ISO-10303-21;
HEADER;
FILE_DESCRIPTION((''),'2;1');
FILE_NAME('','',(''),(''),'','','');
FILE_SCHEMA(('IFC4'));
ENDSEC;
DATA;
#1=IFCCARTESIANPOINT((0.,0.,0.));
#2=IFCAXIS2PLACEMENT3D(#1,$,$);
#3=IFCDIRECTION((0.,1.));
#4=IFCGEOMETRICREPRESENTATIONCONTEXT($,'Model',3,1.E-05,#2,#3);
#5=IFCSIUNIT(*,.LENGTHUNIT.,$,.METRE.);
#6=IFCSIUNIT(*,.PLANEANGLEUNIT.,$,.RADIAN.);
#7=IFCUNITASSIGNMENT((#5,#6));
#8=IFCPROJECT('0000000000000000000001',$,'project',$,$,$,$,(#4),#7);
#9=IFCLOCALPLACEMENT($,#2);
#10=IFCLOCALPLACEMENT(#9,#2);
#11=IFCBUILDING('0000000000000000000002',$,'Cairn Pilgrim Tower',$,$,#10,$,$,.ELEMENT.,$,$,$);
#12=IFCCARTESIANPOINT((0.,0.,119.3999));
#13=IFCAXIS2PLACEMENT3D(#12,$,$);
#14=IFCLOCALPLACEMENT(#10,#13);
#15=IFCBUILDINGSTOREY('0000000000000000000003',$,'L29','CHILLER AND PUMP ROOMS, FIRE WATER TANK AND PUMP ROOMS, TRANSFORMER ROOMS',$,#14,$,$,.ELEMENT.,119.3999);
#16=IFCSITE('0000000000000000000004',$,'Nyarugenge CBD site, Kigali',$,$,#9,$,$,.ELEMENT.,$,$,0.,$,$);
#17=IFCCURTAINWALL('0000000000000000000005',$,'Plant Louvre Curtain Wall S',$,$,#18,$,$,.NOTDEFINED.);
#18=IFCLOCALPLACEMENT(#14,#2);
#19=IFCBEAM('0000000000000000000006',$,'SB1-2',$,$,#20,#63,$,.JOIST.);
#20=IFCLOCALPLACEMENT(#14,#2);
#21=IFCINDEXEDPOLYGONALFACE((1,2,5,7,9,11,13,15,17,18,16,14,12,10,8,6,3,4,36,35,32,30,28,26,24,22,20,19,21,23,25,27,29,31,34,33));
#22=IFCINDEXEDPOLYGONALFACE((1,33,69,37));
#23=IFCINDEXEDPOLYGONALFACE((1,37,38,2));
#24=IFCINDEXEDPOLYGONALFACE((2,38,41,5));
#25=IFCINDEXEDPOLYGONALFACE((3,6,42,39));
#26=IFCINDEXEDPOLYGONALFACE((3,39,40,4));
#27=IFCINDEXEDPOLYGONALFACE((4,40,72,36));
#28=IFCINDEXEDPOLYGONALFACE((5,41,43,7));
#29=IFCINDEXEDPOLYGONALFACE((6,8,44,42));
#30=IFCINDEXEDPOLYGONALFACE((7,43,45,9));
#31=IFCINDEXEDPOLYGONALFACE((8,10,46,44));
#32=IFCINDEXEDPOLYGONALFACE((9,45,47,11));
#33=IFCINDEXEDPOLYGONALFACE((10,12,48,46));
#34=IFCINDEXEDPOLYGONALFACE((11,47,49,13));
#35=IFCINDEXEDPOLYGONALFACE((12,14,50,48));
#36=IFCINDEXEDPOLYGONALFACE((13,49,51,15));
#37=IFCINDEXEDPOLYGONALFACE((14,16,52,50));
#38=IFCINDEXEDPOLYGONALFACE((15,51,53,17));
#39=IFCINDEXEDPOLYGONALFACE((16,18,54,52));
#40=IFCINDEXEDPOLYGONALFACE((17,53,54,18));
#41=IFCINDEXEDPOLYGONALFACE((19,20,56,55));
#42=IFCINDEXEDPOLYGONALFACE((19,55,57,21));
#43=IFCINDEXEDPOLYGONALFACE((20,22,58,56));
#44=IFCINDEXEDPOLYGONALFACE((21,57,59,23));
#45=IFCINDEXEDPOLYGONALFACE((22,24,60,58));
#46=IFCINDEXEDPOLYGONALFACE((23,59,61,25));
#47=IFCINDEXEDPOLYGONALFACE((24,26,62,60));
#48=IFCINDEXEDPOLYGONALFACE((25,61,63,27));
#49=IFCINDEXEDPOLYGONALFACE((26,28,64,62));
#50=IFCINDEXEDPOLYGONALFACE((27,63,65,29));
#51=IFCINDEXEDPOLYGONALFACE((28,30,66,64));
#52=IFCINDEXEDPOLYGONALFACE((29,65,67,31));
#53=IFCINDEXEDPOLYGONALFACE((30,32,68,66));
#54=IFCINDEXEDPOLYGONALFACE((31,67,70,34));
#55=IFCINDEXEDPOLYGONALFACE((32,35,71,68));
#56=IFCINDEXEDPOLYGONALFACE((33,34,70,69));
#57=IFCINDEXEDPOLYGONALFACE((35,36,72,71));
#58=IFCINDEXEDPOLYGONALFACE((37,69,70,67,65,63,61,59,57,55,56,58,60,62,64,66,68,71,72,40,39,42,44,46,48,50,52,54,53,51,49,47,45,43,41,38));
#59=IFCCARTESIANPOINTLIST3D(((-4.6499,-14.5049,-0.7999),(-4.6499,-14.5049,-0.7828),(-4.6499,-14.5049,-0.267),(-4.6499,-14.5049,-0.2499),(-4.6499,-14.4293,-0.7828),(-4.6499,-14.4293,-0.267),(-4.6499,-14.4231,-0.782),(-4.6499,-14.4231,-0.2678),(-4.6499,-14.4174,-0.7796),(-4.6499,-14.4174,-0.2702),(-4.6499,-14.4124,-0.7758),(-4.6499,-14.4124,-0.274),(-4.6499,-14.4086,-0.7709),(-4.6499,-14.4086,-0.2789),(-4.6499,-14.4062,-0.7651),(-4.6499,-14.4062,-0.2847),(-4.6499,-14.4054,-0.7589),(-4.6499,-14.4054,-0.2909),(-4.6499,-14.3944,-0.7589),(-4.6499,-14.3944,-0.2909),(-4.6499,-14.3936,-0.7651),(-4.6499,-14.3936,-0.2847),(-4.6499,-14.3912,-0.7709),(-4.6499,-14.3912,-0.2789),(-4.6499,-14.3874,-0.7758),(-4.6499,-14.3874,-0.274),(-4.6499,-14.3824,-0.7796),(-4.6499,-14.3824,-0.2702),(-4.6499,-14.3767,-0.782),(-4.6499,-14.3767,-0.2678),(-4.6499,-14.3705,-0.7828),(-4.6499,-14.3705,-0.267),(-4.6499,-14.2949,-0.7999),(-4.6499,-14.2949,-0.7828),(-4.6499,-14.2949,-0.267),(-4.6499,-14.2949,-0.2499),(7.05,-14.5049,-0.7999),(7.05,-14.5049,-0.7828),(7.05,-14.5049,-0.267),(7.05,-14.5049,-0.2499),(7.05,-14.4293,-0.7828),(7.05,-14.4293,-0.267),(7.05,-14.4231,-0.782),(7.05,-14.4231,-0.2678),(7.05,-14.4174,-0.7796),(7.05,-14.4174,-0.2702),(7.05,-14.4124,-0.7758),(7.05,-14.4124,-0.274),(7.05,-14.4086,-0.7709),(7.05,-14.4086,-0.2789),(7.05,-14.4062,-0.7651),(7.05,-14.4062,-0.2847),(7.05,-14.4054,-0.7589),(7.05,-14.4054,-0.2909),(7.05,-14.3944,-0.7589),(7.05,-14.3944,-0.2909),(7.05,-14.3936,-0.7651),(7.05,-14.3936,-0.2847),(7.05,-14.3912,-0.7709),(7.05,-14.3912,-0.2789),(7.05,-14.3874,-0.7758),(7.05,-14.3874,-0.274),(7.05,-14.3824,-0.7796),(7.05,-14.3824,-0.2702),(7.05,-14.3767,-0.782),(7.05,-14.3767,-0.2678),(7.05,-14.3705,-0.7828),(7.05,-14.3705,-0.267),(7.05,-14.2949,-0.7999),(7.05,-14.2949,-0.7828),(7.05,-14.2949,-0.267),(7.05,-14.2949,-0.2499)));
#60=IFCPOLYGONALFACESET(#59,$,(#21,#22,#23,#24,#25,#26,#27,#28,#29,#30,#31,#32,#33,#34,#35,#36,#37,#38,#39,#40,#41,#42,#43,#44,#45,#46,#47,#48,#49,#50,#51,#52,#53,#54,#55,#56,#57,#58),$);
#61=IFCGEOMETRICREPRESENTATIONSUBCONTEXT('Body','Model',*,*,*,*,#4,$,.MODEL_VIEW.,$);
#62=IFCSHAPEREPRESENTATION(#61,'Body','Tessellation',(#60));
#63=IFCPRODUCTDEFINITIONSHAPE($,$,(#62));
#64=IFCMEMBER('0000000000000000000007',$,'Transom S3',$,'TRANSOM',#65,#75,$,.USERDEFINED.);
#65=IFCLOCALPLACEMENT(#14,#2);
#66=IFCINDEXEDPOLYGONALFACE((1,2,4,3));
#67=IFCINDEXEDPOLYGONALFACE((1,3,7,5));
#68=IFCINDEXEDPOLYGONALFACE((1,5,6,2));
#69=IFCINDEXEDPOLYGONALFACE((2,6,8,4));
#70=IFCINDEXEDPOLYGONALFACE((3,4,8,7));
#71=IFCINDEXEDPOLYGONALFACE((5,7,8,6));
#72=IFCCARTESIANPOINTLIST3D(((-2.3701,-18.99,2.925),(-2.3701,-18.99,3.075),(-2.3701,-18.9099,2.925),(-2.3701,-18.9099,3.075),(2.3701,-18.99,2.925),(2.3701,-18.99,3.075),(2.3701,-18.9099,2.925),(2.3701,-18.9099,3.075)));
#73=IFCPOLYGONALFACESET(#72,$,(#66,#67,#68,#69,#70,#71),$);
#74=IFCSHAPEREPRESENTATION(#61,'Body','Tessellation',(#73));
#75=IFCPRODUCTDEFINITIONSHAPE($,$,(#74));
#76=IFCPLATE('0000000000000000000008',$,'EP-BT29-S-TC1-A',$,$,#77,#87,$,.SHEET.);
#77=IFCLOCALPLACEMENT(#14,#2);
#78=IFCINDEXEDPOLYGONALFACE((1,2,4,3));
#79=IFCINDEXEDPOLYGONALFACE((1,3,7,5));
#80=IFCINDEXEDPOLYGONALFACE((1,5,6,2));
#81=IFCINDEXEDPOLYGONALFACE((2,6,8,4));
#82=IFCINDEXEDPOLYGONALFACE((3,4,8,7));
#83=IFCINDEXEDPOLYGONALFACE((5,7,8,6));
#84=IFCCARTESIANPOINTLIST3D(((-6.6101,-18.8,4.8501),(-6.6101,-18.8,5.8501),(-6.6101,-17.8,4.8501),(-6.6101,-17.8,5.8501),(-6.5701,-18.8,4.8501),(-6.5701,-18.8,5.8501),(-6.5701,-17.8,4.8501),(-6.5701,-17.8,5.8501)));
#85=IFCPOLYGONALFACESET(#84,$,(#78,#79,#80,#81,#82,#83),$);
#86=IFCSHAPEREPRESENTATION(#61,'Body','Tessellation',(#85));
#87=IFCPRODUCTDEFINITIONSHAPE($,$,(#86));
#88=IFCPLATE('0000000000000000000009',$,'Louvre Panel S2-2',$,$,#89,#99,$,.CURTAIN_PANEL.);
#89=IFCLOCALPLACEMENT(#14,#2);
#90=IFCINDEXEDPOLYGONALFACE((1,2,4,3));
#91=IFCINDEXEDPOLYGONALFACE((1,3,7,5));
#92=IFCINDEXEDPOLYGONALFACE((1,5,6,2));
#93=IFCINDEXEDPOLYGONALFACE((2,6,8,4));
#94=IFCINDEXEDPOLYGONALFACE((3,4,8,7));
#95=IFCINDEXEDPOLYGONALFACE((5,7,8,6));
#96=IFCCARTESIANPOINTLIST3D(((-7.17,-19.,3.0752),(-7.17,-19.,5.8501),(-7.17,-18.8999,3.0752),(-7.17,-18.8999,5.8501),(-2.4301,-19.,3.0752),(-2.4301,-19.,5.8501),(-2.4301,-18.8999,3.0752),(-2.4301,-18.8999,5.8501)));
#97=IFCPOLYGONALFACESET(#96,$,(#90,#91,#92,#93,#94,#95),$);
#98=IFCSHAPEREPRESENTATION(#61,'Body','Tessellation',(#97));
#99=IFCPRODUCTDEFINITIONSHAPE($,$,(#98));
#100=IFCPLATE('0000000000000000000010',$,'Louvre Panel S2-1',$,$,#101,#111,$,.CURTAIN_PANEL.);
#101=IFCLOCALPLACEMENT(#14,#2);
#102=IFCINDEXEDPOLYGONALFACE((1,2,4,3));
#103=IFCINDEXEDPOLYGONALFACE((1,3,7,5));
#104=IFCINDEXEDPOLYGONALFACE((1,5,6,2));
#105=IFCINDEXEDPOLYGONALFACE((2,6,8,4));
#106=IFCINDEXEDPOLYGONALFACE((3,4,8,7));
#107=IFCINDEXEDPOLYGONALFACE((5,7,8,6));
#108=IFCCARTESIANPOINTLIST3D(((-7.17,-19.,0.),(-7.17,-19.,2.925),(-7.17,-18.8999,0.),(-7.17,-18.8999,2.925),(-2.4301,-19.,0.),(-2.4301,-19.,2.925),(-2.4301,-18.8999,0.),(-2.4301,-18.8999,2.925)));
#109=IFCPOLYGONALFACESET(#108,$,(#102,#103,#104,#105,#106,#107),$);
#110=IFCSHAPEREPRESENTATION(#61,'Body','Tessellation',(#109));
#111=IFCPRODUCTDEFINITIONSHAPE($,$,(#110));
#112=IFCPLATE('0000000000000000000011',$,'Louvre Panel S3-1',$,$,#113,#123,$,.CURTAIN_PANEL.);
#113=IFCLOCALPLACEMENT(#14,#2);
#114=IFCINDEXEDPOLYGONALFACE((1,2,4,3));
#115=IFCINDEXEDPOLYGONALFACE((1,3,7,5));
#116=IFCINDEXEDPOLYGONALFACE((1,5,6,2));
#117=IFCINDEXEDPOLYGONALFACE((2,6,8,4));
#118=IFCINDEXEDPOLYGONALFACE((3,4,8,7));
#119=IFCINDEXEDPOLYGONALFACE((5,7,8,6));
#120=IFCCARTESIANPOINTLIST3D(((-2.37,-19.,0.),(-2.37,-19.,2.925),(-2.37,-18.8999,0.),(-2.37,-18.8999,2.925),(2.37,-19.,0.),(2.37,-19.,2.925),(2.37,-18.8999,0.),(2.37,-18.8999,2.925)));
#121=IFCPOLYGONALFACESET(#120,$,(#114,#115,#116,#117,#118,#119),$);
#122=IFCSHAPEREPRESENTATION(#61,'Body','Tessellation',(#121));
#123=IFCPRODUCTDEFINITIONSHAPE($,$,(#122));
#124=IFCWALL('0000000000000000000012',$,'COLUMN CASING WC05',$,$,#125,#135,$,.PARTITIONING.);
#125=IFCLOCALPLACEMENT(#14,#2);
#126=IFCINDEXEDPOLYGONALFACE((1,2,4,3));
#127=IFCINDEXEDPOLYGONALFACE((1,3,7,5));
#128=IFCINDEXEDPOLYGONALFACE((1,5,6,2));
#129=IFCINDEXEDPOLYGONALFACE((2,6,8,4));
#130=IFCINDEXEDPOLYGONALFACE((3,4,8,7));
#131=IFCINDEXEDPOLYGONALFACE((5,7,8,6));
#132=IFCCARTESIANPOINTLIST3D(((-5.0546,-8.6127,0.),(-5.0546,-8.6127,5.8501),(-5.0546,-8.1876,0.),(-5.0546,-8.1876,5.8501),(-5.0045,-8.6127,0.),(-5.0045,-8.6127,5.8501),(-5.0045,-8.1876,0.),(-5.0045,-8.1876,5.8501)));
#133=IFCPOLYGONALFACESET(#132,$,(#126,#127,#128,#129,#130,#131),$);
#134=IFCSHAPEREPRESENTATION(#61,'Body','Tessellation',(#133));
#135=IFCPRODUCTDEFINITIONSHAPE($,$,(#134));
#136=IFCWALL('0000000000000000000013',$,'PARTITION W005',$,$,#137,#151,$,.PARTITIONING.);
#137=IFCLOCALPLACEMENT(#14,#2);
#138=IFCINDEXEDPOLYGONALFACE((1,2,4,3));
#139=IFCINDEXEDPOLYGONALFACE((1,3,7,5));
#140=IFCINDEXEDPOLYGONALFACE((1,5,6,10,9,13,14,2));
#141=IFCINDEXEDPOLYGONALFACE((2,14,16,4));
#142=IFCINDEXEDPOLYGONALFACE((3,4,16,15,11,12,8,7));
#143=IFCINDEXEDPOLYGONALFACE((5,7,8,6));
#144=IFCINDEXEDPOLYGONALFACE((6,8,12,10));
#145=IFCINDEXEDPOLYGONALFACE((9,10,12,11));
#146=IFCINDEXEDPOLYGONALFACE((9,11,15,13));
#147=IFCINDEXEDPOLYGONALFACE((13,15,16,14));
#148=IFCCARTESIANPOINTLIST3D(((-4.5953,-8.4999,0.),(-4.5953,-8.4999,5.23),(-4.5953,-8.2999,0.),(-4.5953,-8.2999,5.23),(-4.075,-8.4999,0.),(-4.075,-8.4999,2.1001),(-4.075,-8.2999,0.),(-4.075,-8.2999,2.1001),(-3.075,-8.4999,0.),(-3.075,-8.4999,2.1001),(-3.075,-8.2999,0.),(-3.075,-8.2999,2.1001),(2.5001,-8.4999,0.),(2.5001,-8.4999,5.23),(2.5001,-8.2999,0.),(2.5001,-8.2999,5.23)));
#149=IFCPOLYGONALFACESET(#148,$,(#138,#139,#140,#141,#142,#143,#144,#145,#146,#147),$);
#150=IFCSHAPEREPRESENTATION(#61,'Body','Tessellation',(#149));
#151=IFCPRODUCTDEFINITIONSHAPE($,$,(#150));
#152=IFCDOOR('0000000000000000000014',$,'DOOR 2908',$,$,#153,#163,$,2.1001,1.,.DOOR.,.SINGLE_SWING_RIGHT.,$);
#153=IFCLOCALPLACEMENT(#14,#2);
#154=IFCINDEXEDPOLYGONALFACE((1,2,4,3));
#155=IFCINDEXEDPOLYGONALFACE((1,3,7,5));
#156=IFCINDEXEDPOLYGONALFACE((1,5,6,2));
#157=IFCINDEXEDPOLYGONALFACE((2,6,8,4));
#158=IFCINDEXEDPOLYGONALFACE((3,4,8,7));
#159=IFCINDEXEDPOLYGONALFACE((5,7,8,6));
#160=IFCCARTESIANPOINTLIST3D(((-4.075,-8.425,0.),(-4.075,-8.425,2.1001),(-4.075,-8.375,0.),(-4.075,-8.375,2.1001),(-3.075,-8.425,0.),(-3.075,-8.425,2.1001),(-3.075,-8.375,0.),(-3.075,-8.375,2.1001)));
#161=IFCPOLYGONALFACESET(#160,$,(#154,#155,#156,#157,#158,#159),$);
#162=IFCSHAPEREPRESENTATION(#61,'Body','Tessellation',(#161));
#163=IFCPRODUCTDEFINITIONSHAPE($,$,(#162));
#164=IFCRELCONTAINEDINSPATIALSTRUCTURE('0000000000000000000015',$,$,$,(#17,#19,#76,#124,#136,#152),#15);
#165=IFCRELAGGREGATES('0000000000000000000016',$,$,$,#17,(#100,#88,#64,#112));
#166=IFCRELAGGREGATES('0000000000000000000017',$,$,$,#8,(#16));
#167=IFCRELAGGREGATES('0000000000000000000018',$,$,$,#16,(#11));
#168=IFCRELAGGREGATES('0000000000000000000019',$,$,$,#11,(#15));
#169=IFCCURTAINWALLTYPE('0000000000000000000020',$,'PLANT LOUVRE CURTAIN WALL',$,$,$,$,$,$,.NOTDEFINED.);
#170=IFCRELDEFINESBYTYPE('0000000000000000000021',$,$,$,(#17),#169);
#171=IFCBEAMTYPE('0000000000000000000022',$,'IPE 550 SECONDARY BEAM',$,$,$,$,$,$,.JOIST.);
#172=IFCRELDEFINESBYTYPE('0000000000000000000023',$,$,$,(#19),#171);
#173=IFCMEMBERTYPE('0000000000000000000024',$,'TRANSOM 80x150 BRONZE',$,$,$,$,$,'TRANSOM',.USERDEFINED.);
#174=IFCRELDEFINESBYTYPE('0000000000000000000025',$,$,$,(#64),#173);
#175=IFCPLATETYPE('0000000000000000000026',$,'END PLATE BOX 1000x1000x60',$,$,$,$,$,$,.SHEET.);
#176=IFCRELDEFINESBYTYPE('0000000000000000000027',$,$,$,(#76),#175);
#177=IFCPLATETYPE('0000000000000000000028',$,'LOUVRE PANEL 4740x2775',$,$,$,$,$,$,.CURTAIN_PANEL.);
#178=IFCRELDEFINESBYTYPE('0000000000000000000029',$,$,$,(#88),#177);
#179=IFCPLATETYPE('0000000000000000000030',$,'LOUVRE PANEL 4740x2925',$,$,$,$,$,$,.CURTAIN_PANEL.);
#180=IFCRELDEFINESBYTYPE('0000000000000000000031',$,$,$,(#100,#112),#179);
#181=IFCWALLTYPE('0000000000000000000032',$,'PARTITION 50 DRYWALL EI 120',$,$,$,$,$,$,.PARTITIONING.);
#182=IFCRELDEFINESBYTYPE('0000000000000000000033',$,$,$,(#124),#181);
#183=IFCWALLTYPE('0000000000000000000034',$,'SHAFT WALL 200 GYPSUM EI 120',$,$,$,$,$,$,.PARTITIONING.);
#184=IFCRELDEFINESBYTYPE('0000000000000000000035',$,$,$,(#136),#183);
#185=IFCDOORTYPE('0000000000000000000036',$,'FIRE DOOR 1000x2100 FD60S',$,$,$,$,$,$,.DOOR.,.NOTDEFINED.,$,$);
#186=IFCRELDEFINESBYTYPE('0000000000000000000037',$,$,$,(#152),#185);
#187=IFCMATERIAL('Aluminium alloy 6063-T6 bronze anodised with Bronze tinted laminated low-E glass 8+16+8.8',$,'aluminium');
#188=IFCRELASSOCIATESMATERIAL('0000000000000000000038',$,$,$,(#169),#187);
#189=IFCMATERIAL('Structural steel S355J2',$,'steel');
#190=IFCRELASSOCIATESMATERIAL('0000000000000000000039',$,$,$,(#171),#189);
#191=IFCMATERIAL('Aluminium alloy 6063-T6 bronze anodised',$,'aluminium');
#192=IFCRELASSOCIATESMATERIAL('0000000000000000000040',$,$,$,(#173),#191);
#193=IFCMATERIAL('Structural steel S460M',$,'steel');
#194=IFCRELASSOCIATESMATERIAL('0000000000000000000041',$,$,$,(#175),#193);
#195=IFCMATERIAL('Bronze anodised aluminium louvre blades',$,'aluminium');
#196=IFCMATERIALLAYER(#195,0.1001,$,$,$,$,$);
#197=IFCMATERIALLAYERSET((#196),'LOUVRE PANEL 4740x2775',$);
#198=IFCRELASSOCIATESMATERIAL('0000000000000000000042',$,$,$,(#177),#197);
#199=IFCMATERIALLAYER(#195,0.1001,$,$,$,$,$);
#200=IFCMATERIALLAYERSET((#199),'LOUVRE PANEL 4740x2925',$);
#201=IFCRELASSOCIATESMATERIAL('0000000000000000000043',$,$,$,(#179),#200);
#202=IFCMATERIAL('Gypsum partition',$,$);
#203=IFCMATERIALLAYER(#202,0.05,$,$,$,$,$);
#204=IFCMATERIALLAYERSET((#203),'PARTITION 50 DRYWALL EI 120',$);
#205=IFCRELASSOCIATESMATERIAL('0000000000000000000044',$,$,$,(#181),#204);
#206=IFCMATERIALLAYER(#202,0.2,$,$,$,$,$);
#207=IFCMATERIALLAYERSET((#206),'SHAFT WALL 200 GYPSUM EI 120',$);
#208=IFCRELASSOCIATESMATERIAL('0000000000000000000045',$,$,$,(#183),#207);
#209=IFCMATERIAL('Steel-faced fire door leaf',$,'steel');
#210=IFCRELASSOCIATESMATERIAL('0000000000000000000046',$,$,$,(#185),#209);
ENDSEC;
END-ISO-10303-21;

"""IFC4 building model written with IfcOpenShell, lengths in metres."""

from ifc_helpers import new_model, si_unit, direction, frame, frame_2d, origin, origin_2d, place, context, subcontext, project, spatial, rectangle, i_section, extrude, material, layer, layer_set, material_profile, profile_set, type_object, element, fill, aggregate, save


model = new_model("IFC4")

# Units and contexts
model_context = context("Model", 3, precision=1e-05, world=origin(), true_north=direction((0.0, 1.0)))
body_context = subcontext(model_context, "Body", "Model", "MODEL_VIEW")
ifc_project = project(units=[si_unit("LENGTHUNIT", "METRE"), si_unit("PLANEANGLEUNIT", "RADIAN")], contexts=[model_context])

# Site, building, storey
site_placement = place(None, origin())
site = spatial("IfcSite", under=ifc_project, at=site_placement, Name="Nyarugenge CBD site, Kigali", CompositionType="ELEMENT", RefElevation=0.0)
building_placement = place(site_placement, origin())
building = spatial("IfcBuilding", under=site, at=building_placement, Name="Cairn Pilgrim Tower", CompositionType="ELEMENT")
storey_placement = place(building_placement, frame((0.0, 0.0, 119.3999)))
storey = spatial("IfcBuildingStorey", under=building, at=storey_placement, Name="L29", Description="CHILLER AND PUMP ROOMS, FIRE WATER TANK AND PUMP ROOMS, TRANSFORMER ROOMS", CompositionType="ELEMENT", Elevation=119.3999)

# Shared definitions
ifc_material_1 = material(Name="Structural steel S460M", Category="steel")

# Curtain wall
ifc_material_2 = material(Name="Aluminium alloy 6063-T6 bronze anodised with Bronze tinted laminated low-E glass 8+16+8.8", Category="aluminium")
curtain_wall_type = type_object("IfcCurtainWallType", Name="PLANT LOUVRE CURTAIN WALL", PredefinedType="NOTDEFINED", material=ifc_material_2)
curtain_wall_placement = place(storey_placement, origin())
curtain_wall = element("IfcCurtainWall", 1, at=curtain_wall_placement, inside=storey, type_object=curtain_wall_type, Name="Plant Louvre Curtain Wall S", PredefinedType="NOTDEFINED")
ifc_material_3 = material(Name="Aluminium alloy 6063-T6 bronze anodised", Category="aluminium")

# Beam
ifc_material_4 = material(Name="Structural steel S355J2", Category="steel")
ifc_material_profile_1 = material_profile(ifc_material_4, i_section(OverallWidth=0.21, OverallDepth=0.55, WebThickness=0.011, FlangeThickness=0.0171, FilletRadius=0.0239, at=origin_2d()), Name="IPE 550")
ifc_profile_set_1 = profile_set([ifc_material_profile_1], Name="Structural steel S355J2")
beam_type_1 = type_object("IfcBeamType", Name="IPE 550 SECONDARY BEAM", PredefinedType="JOIST", material=ifc_profile_set_1)
beam_1_placement = place(storey_placement, frame((-4.6499, -14.3999, -0.5249), z_axis=(1.0, 0.0, 0.0), x_axis=(0.0, 1.0, 0.0)))
element("IfcBeam", 2, at=beam_1_placement, inside=storey, type_object=beam_type_1, Name="SB1-2", PredefinedType="JOIST", context=body_context, shape_type="SweptSolid", body=[
    extrude(i_section(OverallWidth=0.21, OverallDepth=0.55, WebThickness=0.011, FlangeThickness=0.0171, FilletRadius=0.0239, at=origin_2d()), origin(), (0.0, 0.0, 1.0), 11.7),
])

# Member
ifc_material_profile_2 = material_profile(ifc_material_3, rectangle(XDim=0.0801, YDim=0.1499, at=origin_2d()), Name="TRANSOM 80x150 BRONZE")
ifc_profile_set_2 = profile_set([ifc_material_profile_2], Name="Aluminium alloy 6063-T6 bronze anodised")
member_type_1 = type_object("IfcMemberType", Name="TRANSOM 80x150 BRONZE", ElementType="TRANSOM", PredefinedType="USERDEFINED", material=ifc_profile_set_2)
member_1_placement = place(storey_placement, frame((-2.3701, -18.95, 3.0), z_axis=(1.0, 0.0, 0.0), x_axis=(0.0, 1.0, 0.0)))
member_1 = element("IfcMember", 3, at=member_1_placement, type_object=member_type_1, Name="Transom S3", ObjectType="TRANSOM", PredefinedType="USERDEFINED", context=body_context, shape_type="SweptSolid", body=[
    extrude(rectangle(XDim=0.0801, YDim=0.1499, at=origin_2d()), origin(), (0.0, 0.0, 1.0), 4.7402),
])

# Plates
ifc_material_profile_3 = material_profile(ifc_material_1, rectangle(XDim=1.0, YDim=1.0, at=origin_2d()), Name="END PLATE BOX 1000x1000x60")
ifc_profile_set_3 = profile_set([ifc_material_profile_3], Name="Structural steel S460M")
plate_type_1 = type_object("IfcPlateType", Name="END PLATE BOX 1000x1000x60", PredefinedType="SHEET", material=ifc_profile_set_3)
plate_1_placement = place(storey_placement, frame((-6.5701, -18.3, 5.3501), z_axis=(-1.0, 0.0, 0.0), x_axis=(0.0, -1.0, 0.0)))
element("IfcPlate", 4, at=plate_1_placement, inside=storey, type_object=plate_type_1, Name="EP-BT29-S-TC1-A", PredefinedType="SHEET", context=body_context, shape_type="SweptSolid", body=[
    extrude(rectangle(XDim=1.0, YDim=1.0, at=origin_2d()), origin(), (0.0, 0.0, 1.0), 0.04),
])
ifc_material_5 = material(Name="Bronze anodised aluminium louvre blades", Category="aluminium")
ifc_layer_1 = layer(ifc_material_5, 0.1001)
ifc_layer_set_1 = layer_set([ifc_layer_1], Name="LOUVRE PANEL 4740x2775")
plate_type_2 = type_object("IfcPlateType", Name="LOUVRE PANEL 4740x2775", PredefinedType="CURTAIN_PANEL", material=ifc_layer_set_1)
plate_2_placement = place(storey_placement, frame((-4.8, -18.95, 3.0752), z_axis=(0.0, 0.0, 1.0), x_axis=(1.0, 0.0, 0.0)))
plate_2 = element("IfcPlate", 5, at=plate_2_placement, type_object=plate_type_2, Name="Louvre Panel S2-2", PredefinedType="CURTAIN_PANEL", context=body_context, shape_type="SweptSolid", body=[
    extrude(rectangle(XDim=4.74, YDim=0.1001, at=origin_2d()), origin(), (0.0, 0.0, 1.0), 2.7749),
])
ifc_layer_2 = layer(ifc_material_5, 0.1001)
ifc_layer_set_2 = layer_set([ifc_layer_2], Name="LOUVRE PANEL 4740x2925")
plate_type_3 = type_object("IfcPlateType", Name="LOUVRE PANEL 4740x2925", PredefinedType="CURTAIN_PANEL", material=ifc_layer_set_2)
plate_3_placement = place(storey_placement, frame((-4.8, -18.95, 0.0), z_axis=(0.0, 0.0, 1.0), x_axis=(1.0, 0.0, 0.0)))
plate_3 = element("IfcPlate", 6, at=plate_3_placement, type_object=plate_type_3, Name="Louvre Panel S2-1", PredefinedType="CURTAIN_PANEL", context=body_context, shape_type="SweptSolid", body=[
    extrude(rectangle(XDim=4.74, YDim=0.1001, at=origin_2d()), origin(), (0.0, 0.0, 1.0), 2.925),
])
plate_4_placement = place(storey_placement, frame((0.0, -18.95, 0.0), z_axis=(0.0, 0.0, 1.0), x_axis=(1.0, 0.0, 0.0)))
plate_4 = element("IfcPlate", 7, at=plate_4_placement, type_object=plate_type_3, Name="Louvre Panel S3-1", PredefinedType="CURTAIN_PANEL", context=body_context, shape_type="SweptSolid", body=[
    extrude(rectangle(XDim=4.74, YDim=0.1001, at=origin_2d()), origin(), (0.0, 0.0, 1.0), 2.925),
])
aggregate(curtain_wall, [plate_3, plate_2, member_1, plate_4])

# Wall
ifc_material_6 = material(Name="Gypsum partition")
ifc_layer_3 = layer(ifc_material_6, 0.05)
ifc_layer_set_3 = layer_set([ifc_layer_3], Name="PARTITION 50 DRYWALL EI 120")
wall_type_1 = type_object("IfcWallType", Name="PARTITION 50 DRYWALL EI 120", PredefinedType="PARTITIONING", material=ifc_layer_set_3)
wall_1_placement = place(storey_placement, frame((-5.0295, -8.6125, 0.0), z_axis=(0.0, 0.0, 1.0), x_axis=(0.0, 1.0, 0.0)))
element("IfcWall", 8, at=wall_1_placement, inside=storey, type_object=wall_type_1, Name="COLUMN CASING WC05", PredefinedType="PARTITIONING", context=body_context, shape_type="SweptSolid", body=[
    extrude(rectangle(XDim=0.425, YDim=0.05, at=frame_2d((0.2124, 0.0))), origin(), (0.0, 0.0, 1.0), 5.8501),
])

# Wall, opening, door
ifc_layer_4 = layer(ifc_material_6, 0.2)
ifc_layer_set_4 = layer_set([ifc_layer_4], Name="SHAFT WALL 200 GYPSUM EI 120")
wall_type_2 = type_object("IfcWallType", Name="SHAFT WALL 200 GYPSUM EI 120", PredefinedType="PARTITIONING", material=ifc_layer_set_4)
wall_2_placement = place(storey_placement, frame((-4.5955, -8.3999, 0.0), z_axis=(0.0, 0.0, 1.0), x_axis=(1.0, 0.0, 0.0)))
wall_2 = element("IfcWall", 9, at=wall_2_placement, inside=storey, type_object=wall_type_2, Name="PARTITION W005", PredefinedType="PARTITIONING", context=body_context, shape_type="SweptSolid", body=[
    extrude(rectangle(XDim=7.0955, YDim=0.2, at=frame_2d((3.5479, 0.0))), origin(), (0.0, 0.0, 1.0), 5.23),
])
opening_placement = place(wall_2_placement, frame((0.5205, 0.0, 0.0)))
opening = element("IfcOpeningElement", 10, at=opening_placement, cuts=wall_2, PredefinedType="OPENING", context=body_context, shape_type="SweptSolid", body=[
    extrude(rectangle(XDim=1.0, YDim=2.1001, at=frame_2d((0.5, 1.05))), frame((0.0, 0.1099, 0.0), z_axis=(0.0, -1.0, 0.0), x_axis=(1.0, 0.0, 0.0)), (0.0, 0.0, 1.0), 0.22),
])
ifc_material_7 = material(Name="Steel-faced fire door leaf", Category="steel")
door_type = type_object("IfcDoorType", Name="FIRE DOOR 1000x2100 FD60S", OperationType="NOTDEFINED", PredefinedType="DOOR", material=ifc_material_7)
door_placement = place(opening_placement, origin())
door = element("IfcDoor", 11, at=door_placement, inside=storey, type_object=door_type, Name="DOOR 2908", OperationType="SINGLE_SWING_RIGHT", OverallHeight=2.1001, OverallWidth=1.0, PredefinedType="DOOR", context=body_context, shape_type="SweptSolid", body=[
    extrude(rectangle(XDim=1.0, YDim=2.1001, at=frame_2d((0.5, 1.05))), frame((0.0, 0.0249, 0.0), z_axis=(0.0, -1.0, 0.0), x_axis=(1.0, 0.0, 0.0)), (0.0, 0.0, 1.0), 0.05),
])
fill(opening, door)

save(model, "model.ifc")
